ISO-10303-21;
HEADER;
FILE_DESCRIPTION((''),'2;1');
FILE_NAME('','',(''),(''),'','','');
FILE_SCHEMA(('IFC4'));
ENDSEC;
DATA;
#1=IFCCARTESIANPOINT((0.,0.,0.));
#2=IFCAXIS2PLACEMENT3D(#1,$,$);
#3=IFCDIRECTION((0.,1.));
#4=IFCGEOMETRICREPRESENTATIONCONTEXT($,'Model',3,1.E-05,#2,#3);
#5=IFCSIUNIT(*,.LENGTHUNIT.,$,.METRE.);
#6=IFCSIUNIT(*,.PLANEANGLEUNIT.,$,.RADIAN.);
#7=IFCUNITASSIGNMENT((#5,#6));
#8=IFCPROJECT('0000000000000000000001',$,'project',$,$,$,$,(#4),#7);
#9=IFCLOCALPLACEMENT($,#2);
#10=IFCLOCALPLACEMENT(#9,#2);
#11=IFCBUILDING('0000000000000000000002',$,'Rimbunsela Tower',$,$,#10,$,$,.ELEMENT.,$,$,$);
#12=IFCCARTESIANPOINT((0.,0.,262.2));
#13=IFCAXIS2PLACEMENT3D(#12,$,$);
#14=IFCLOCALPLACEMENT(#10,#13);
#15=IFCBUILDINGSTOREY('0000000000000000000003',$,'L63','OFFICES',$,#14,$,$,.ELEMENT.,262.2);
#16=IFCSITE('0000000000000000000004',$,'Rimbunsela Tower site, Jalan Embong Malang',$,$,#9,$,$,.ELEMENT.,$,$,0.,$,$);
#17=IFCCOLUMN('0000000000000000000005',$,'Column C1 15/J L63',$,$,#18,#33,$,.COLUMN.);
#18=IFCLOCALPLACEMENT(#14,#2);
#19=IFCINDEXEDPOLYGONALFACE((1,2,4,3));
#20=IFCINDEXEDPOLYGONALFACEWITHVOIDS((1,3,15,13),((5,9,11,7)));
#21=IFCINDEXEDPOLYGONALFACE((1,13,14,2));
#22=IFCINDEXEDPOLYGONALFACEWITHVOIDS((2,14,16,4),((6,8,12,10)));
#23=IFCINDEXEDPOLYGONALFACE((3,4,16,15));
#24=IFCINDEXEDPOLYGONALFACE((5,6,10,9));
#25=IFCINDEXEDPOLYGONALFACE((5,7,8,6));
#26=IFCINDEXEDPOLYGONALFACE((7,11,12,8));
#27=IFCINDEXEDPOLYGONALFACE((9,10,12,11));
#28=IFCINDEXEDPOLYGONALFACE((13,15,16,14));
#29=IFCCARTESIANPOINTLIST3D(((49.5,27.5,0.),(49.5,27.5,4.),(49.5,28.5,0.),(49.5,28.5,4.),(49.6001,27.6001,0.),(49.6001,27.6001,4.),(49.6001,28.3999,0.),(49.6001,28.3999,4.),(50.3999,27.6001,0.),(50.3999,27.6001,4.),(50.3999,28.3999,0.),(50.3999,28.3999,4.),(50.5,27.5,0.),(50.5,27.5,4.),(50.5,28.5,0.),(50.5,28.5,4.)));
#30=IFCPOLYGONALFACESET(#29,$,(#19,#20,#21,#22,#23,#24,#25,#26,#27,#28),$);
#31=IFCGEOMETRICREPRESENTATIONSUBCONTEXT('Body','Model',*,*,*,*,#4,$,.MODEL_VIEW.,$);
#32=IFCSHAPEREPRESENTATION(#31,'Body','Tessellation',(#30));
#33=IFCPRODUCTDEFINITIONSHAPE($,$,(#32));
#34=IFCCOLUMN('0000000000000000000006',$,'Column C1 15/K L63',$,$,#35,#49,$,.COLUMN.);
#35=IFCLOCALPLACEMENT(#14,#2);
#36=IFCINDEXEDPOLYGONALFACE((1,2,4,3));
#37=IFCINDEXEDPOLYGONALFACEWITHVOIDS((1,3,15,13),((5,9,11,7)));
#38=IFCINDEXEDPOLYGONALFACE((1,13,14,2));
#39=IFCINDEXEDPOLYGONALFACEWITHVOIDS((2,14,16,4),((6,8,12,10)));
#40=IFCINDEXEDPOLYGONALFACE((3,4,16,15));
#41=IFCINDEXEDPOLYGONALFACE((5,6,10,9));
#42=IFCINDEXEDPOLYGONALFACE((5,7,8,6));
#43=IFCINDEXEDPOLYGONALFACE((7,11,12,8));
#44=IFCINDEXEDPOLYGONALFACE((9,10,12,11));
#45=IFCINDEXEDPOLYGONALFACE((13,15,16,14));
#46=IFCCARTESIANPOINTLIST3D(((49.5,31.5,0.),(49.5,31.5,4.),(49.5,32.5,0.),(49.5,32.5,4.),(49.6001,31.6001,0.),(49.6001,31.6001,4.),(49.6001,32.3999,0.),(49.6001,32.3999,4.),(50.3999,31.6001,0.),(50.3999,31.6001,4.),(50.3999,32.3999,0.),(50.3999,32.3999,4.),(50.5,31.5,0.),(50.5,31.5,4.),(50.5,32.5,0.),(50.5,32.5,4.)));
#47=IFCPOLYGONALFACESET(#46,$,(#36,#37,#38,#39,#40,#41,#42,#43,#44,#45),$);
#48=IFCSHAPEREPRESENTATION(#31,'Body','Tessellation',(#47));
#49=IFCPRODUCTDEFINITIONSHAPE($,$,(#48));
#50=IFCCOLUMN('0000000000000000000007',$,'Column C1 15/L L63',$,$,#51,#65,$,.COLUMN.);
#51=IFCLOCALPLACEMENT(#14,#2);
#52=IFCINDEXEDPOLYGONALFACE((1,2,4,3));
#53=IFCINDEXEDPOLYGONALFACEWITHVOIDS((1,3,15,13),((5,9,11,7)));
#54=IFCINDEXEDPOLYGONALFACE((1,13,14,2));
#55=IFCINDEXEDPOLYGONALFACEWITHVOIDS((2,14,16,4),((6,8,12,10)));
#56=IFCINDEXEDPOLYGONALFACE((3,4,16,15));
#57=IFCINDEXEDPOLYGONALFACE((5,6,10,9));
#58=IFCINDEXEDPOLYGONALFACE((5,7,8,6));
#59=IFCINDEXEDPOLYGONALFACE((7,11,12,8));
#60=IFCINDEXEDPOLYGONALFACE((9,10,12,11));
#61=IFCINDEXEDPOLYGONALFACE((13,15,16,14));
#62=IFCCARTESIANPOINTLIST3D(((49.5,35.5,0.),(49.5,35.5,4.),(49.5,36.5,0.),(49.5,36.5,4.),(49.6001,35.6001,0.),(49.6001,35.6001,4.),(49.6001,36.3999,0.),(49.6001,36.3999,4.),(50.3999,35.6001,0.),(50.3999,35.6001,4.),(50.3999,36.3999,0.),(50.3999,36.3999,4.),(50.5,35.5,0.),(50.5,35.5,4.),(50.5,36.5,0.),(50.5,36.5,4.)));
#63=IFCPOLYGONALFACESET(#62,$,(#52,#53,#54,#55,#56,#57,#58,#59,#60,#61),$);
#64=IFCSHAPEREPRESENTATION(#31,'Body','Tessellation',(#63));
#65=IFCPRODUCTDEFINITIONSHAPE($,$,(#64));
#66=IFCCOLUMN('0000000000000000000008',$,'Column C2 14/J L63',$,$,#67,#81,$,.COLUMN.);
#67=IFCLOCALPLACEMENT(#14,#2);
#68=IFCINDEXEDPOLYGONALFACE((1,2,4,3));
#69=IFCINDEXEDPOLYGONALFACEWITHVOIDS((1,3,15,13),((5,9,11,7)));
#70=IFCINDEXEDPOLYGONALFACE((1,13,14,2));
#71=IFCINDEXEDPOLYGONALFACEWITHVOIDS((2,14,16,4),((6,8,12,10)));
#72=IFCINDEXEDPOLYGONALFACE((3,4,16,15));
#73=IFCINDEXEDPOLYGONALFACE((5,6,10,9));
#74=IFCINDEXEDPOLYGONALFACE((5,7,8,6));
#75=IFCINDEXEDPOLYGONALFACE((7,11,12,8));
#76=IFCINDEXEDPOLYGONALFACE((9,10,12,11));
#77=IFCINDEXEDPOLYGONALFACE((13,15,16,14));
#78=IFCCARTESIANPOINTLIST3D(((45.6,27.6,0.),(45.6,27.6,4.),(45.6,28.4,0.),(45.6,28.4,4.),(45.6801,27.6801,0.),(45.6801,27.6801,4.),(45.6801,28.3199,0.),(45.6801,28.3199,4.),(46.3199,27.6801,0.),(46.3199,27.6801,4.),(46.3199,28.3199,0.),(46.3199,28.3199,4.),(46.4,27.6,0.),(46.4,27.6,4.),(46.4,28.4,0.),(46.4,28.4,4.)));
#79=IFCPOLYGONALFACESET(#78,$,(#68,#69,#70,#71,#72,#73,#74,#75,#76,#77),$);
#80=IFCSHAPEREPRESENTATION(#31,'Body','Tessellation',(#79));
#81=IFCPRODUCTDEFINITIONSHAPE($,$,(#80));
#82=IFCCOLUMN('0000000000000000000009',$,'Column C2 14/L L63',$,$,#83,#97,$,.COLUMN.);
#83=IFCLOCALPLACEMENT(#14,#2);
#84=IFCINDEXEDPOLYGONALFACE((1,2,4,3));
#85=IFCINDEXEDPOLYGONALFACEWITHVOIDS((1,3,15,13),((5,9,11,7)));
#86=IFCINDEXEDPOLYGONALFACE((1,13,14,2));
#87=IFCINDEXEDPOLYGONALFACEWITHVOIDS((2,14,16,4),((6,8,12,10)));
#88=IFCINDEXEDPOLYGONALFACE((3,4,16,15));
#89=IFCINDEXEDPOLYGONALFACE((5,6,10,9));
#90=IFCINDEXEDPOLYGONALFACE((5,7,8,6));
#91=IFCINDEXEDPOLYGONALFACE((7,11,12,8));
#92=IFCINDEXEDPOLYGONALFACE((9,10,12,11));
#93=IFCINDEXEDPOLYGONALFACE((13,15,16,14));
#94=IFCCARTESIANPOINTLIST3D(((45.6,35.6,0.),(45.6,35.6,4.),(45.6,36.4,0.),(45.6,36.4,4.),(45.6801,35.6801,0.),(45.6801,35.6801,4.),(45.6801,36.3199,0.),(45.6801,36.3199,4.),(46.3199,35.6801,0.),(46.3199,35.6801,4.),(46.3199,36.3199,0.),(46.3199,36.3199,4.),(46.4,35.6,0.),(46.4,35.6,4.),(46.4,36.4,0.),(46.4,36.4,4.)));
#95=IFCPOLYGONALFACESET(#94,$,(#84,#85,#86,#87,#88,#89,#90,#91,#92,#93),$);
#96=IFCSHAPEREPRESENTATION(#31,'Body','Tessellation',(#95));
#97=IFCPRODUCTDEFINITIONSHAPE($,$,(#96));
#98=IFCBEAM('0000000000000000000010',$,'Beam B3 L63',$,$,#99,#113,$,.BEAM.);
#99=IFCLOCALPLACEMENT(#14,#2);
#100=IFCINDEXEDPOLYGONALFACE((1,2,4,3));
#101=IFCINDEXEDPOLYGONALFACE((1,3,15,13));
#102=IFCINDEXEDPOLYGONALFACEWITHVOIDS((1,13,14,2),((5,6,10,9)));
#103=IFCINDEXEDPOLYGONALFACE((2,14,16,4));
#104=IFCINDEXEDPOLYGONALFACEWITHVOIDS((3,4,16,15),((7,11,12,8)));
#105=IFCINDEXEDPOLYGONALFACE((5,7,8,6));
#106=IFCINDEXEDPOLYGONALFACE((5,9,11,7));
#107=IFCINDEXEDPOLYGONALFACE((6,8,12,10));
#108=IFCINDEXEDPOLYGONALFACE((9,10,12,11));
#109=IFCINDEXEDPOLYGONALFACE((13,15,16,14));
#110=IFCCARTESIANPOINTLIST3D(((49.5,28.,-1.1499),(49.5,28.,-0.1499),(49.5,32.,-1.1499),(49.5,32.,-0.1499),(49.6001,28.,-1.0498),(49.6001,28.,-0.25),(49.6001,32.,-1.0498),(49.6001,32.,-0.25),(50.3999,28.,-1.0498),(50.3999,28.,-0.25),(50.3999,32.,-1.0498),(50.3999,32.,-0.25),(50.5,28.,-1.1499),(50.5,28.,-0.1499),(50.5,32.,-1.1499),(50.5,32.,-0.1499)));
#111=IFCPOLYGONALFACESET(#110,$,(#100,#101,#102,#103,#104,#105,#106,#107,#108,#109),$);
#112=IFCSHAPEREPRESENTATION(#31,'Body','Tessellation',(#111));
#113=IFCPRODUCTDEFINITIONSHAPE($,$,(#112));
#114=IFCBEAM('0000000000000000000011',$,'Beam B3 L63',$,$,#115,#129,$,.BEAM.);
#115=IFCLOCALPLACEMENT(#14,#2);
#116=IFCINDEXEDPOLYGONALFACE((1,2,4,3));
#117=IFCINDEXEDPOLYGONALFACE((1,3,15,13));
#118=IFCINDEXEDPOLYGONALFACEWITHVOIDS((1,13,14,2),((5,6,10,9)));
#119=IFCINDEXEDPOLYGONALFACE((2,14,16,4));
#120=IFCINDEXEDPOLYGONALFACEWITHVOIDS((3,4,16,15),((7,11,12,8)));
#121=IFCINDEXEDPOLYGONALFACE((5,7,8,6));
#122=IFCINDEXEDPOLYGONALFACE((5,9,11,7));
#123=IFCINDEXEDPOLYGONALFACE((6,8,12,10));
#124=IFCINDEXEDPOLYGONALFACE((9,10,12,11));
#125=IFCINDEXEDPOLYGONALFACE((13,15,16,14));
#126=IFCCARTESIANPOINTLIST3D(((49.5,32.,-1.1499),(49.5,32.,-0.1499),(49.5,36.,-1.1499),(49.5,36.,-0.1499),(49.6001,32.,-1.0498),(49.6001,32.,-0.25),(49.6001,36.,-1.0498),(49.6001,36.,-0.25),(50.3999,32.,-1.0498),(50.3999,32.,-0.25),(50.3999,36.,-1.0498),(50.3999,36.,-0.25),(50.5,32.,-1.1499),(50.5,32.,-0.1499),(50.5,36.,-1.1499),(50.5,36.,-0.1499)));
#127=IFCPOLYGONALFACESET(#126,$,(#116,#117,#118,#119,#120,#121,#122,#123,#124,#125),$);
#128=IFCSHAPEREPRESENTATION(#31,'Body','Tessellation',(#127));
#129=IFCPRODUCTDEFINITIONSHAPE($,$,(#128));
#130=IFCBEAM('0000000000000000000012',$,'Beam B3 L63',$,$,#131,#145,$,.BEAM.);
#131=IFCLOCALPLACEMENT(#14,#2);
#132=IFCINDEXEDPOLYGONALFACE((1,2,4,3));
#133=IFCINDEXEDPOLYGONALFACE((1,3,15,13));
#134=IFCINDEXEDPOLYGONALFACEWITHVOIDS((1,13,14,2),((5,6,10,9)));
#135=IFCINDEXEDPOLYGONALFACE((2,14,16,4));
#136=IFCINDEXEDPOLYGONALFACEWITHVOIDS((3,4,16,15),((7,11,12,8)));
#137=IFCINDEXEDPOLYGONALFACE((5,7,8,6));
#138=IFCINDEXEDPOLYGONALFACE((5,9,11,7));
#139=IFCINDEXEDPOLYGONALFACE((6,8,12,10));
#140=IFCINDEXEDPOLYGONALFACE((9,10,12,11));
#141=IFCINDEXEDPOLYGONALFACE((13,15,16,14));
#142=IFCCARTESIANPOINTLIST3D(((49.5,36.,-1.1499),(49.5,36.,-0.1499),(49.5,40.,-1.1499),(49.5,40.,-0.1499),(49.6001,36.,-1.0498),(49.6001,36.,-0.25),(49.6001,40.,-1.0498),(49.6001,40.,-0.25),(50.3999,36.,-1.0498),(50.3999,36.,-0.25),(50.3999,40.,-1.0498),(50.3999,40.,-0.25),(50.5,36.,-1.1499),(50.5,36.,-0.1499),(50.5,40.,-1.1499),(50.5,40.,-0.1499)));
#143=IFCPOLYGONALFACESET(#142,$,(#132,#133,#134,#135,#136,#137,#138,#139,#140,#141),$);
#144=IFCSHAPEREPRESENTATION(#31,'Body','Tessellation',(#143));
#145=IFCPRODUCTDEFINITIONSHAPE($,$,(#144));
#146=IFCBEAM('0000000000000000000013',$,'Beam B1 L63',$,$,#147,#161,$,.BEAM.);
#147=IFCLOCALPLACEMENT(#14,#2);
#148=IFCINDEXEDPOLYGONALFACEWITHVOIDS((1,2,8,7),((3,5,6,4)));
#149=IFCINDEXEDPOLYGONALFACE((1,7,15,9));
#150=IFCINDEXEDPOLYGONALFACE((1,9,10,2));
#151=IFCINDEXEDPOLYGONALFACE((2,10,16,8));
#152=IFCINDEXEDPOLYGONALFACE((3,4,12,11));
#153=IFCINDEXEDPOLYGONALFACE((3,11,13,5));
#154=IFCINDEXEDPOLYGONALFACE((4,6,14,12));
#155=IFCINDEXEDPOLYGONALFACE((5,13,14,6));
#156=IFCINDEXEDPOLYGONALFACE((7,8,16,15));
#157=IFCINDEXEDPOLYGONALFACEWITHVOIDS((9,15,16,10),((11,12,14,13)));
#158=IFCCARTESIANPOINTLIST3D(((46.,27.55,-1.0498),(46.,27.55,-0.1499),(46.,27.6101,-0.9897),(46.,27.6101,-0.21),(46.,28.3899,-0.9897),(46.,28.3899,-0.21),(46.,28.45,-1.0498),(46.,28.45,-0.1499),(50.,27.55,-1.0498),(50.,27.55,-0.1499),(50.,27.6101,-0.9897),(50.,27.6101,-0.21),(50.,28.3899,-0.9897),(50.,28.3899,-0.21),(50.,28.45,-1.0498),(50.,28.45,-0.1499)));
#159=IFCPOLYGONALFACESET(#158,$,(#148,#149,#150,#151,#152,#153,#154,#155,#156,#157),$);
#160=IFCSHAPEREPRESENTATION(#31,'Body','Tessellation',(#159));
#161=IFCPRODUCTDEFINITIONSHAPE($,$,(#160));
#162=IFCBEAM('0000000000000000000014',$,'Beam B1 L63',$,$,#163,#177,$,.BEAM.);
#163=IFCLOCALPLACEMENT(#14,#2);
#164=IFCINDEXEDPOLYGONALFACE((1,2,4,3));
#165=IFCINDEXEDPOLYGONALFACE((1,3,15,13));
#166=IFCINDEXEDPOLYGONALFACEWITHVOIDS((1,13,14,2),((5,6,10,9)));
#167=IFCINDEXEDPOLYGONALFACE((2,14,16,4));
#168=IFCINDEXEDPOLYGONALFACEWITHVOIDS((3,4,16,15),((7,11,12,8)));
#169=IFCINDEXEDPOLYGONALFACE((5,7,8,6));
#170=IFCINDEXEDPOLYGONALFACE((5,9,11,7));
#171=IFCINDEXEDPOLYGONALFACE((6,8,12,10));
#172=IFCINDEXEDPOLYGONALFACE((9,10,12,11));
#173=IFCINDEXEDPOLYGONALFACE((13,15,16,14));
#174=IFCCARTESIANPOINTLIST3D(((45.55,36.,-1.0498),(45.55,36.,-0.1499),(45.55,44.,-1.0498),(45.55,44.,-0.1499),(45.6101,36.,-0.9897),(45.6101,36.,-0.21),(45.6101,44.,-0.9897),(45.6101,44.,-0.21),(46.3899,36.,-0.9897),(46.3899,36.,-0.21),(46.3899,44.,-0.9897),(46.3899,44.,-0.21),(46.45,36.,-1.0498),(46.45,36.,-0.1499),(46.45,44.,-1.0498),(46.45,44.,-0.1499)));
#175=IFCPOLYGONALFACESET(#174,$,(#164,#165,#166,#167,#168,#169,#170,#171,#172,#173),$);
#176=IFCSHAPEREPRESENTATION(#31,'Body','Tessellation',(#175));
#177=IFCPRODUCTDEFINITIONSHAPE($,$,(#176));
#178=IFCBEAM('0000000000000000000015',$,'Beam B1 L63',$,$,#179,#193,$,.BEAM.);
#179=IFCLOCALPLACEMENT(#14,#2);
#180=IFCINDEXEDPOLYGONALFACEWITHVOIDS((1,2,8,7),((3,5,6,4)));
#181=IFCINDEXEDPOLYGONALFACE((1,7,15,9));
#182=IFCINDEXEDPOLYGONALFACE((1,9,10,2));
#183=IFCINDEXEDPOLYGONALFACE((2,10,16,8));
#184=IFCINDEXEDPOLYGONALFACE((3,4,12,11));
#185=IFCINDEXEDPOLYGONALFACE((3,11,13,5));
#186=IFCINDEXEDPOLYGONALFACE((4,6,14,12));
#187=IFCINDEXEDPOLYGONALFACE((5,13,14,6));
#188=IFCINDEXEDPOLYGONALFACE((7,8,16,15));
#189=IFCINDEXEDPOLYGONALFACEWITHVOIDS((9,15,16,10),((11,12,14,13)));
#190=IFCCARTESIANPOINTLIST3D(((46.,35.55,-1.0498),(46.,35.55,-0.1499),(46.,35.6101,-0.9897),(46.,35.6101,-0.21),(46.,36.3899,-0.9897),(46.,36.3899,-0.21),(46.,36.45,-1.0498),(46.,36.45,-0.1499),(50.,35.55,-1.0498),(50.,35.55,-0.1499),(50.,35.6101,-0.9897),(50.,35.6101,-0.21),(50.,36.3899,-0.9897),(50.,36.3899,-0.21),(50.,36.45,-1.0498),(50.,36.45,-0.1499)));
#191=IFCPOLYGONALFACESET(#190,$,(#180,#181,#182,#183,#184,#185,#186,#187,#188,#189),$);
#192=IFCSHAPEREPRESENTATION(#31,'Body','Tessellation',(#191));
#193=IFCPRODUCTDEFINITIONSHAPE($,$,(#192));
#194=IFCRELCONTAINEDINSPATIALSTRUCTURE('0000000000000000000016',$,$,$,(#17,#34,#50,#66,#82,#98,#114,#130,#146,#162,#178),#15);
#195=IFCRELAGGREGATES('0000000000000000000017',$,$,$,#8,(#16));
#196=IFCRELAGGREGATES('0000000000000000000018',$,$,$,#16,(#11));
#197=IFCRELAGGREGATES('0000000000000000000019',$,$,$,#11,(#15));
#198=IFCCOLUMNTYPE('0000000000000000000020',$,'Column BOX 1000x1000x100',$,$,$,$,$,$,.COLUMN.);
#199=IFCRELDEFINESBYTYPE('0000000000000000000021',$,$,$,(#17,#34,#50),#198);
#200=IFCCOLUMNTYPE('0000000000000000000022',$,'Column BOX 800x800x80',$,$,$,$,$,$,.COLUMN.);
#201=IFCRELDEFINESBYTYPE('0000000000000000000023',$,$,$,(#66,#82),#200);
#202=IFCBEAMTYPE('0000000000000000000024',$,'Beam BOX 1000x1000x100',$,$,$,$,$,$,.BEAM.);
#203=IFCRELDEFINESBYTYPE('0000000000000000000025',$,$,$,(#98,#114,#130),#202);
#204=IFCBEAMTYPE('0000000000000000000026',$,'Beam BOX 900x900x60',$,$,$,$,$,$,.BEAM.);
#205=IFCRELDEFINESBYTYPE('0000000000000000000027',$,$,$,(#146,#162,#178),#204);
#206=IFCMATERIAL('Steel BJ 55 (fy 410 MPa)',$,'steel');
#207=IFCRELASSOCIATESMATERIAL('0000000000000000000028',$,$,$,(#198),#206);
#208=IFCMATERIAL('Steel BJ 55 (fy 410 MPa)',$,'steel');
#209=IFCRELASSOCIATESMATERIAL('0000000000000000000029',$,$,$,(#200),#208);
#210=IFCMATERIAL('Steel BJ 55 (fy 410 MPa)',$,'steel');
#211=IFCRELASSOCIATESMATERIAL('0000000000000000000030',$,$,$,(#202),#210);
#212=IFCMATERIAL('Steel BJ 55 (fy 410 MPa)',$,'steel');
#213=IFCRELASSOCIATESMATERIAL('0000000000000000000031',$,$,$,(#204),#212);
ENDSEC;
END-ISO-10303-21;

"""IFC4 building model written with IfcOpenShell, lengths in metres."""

from ifc_helpers import new_model, si_unit, direction, frame, origin, origin_2d, place, context, subcontext, project, spatial, hollow_rectangle, extrude, material, material_profile, profile_set, type_object, element, save


model = new_model("IFC4")

# Units and contexts
model_context = context("Model", 3, precision=1e-05, world=origin(), true_north=direction((0.0, 1.0)))
body_context = subcontext(model_context, "Body", "Model", "MODEL_VIEW")
ifc_project = project(units=[si_unit("LENGTHUNIT", "METRE"), si_unit("PLANEANGLEUNIT", "RADIAN")], contexts=[model_context])

# Site, building, storey
site_placement = place(None, origin())
site = spatial("IfcSite", under=ifc_project, at=site_placement, Name="Rimbunsela Tower site, Jalan Embong Malang", CompositionType="ELEMENT", RefElevation=0.0)
building_placement = place(site_placement, origin())
building = spatial("IfcBuilding", under=site, at=building_placement, Name="Rimbunsela Tower", CompositionType="ELEMENT")
storey_placement = place(building_placement, frame((0.0, 0.0, 262.2)))
storey = spatial("IfcBuildingStorey", under=building, at=storey_placement, Name="L63", Description="OFFICES", CompositionType="ELEMENT", Elevation=262.2)

# Columns
ifc_material_1 = material(Name="Steel BJ 55 (fy 410 MPa)", Category="steel")
ifc_material_profile_1 = material_profile(ifc_material_1, hollow_rectangle(XDim=1.0, YDim=1.0, WallThickness=0.1001, at=origin_2d()), Name="BOX 1000x1000x100")
ifc_profile_set_1 = profile_set([ifc_material_profile_1], Name="Steel BJ 55 (fy 410 MPa)")
column_type_1 = type_object("IfcColumnType", Name="Column BOX 1000x1000x100", PredefinedType="COLUMN", material=ifc_profile_set_1)
for number, where, z_axis, x_axis, name in (
    (1, (50.0, 28.0, 0.0), (0.0, 0.0, 1.0), (1.0, 0.0, 0.0), "Column C1 15/J L63"),
    (2, (50.0, 32.0, 0.0), (0.0, 0.0, 1.0), (1.0, 0.0, 0.0), "Column C1 15/K L63"),
    (3, (50.0, 36.0, 0.0), (0.0, 0.0, 1.0), (1.0, 0.0, 0.0), "Column C1 15/L L63"),
):
    element("IfcColumn", number, at=place(storey_placement, frame(where, z_axis=z_axis, x_axis=x_axis)), inside=storey, type_object=column_type_1, Name=name, PredefinedType="COLUMN", context=body_context, shape_type="SweptSolid", body=[
        extrude(hollow_rectangle(XDim=1.0, YDim=1.0, WallThickness=0.1001, at=origin_2d()), origin(), (0.0, 0.0, 1.0), 4.0),
    ])
ifc_material_2 = material(Name="Steel BJ 55 (fy 410 MPa)", Category="steel")
ifc_material_profile_2 = material_profile(ifc_material_2, hollow_rectangle(XDim=0.8, YDim=0.8, WallThickness=0.0801, at=origin_2d()), Name="BOX 800x800x80")
ifc_profile_set_2 = profile_set([ifc_material_profile_2], Name="Steel BJ 55 (fy 410 MPa)")
column_type_2 = type_object("IfcColumnType", Name="Column BOX 800x800x80", PredefinedType="COLUMN", material=ifc_profile_set_2)
for number, where, z_axis, x_axis, name in (
    (4, (46.0, 28.0, 0.0), (0.0, 0.0, 1.0), (1.0, 0.0, 0.0), "Column C2 14/J L63"),
    (5, (46.0, 36.0, 0.0), (0.0, 0.0, 1.0), (1.0, 0.0, 0.0), "Column C2 14/L L63"),
):
    element("IfcColumn", number, at=place(storey_placement, frame(where, z_axis=z_axis, x_axis=x_axis)), inside=storey, type_object=column_type_2, Name=name, PredefinedType="COLUMN", context=body_context, shape_type="SweptSolid", body=[
        extrude(hollow_rectangle(XDim=0.8, YDim=0.8, WallThickness=0.0801, at=origin_2d()), origin(), (0.0, 0.0, 1.0), 4.0),
    ])

# Beams
ifc_material_3 = material(Name="Steel BJ 55 (fy 410 MPa)", Category="steel")
ifc_material_profile_3 = material_profile(ifc_material_3, hollow_rectangle(XDim=1.0, YDim=1.0, WallThickness=0.1001, at=origin_2d()), Name="BOX 1000x1000x100")
ifc_profile_set_3 = profile_set([ifc_material_profile_3], Name="Steel BJ 55 (fy 410 MPa)")
beam_type_1 = type_object("IfcBeamType", Name="Beam BOX 1000x1000x100", PredefinedType="BEAM", material=ifc_profile_set_3)
for number, where, z_axis, x_axis, name in (
    (6, (50.0, 28.0, -0.6499), (0.0, 1.0, 0.0), (-1.0, 0.0, 0.0), "Beam B3 L63"),
    (7, (50.0, 32.0, -0.6499), (0.0, 1.0, 0.0), (-1.0, 0.0, 0.0), "Beam B3 L63"),
    (8, (50.0, 36.0, -0.6499), (0.0, 1.0, 0.0), (-1.0, 0.0, 0.0), "Beam B3 L63"),
):
    element("IfcBeam", number, at=place(storey_placement, frame(where, z_axis=z_axis, x_axis=x_axis)), inside=storey, type_object=beam_type_1, Name=name, PredefinedType="BEAM", context=body_context, shape_type="SweptSolid", body=[
        extrude(hollow_rectangle(XDim=1.0, YDim=1.0, WallThickness=0.1001, at=origin_2d()), origin(), (0.0, 0.0, 1.0), 4.0),
    ])
ifc_material_4 = material(Name="Steel BJ 55 (fy 410 MPa)", Category="steel")
ifc_material_profile_4 = material_profile(ifc_material_4, hollow_rectangle(XDim=0.8999, YDim=0.8999, WallThickness=0.0601, at=origin_2d()), Name="BOX 900x900x60")
ifc_profile_set_4 = profile_set([ifc_material_profile_4], Name="Steel BJ 55 (fy 410 MPa)")
beam_type_2 = type_object("IfcBeamType", Name="Beam BOX 900x900x60", PredefinedType="BEAM", material=ifc_profile_set_4)
beam_1_placement = place(storey_placement, frame((46.0, 28.0, -0.5999), z_axis=(1.0, 0.0, 0.0), x_axis=(0.0, 1.0, 0.0)))
element("IfcBeam", 9, at=beam_1_placement, inside=storey, type_object=beam_type_2, Name="Beam B1 L63", PredefinedType="BEAM", context=body_context, shape_type="SweptSolid", body=[
    extrude(hollow_rectangle(XDim=0.8999, YDim=0.8999, WallThickness=0.0601, at=origin_2d()), origin(), (0.0, 0.0, 1.0), 4.0),
])
beam_2_placement = place(storey_placement, frame((46.0, 36.0, -0.5999), z_axis=(0.0, 1.0, 0.0), x_axis=(-1.0, 0.0, 0.0)))
element("IfcBeam", 10, at=beam_2_placement, inside=storey, type_object=beam_type_2, Name="Beam B1 L63", PredefinedType="BEAM", context=body_context, shape_type="SweptSolid", body=[
    extrude(hollow_rectangle(XDim=0.8999, YDim=0.8999, WallThickness=0.0601, at=origin_2d()), origin(), (0.0, 0.0, 1.0), 8.0),
])
beam_3_placement = place(storey_placement, frame((46.0, 36.0, -0.5999), z_axis=(1.0, 0.0, 0.0), x_axis=(0.0, 1.0, 0.0)))
element("IfcBeam", 11, at=beam_3_placement, inside=storey, type_object=beam_type_2, Name="Beam B1 L63", PredefinedType="BEAM", context=body_context, shape_type="SweptSolid", body=[
    extrude(hollow_rectangle(XDim=0.8999, YDim=0.8999, WallThickness=0.0601, at=origin_2d()), origin(), (0.0, 0.0, 1.0), 4.0),
])

save(model, "model.ifc")
